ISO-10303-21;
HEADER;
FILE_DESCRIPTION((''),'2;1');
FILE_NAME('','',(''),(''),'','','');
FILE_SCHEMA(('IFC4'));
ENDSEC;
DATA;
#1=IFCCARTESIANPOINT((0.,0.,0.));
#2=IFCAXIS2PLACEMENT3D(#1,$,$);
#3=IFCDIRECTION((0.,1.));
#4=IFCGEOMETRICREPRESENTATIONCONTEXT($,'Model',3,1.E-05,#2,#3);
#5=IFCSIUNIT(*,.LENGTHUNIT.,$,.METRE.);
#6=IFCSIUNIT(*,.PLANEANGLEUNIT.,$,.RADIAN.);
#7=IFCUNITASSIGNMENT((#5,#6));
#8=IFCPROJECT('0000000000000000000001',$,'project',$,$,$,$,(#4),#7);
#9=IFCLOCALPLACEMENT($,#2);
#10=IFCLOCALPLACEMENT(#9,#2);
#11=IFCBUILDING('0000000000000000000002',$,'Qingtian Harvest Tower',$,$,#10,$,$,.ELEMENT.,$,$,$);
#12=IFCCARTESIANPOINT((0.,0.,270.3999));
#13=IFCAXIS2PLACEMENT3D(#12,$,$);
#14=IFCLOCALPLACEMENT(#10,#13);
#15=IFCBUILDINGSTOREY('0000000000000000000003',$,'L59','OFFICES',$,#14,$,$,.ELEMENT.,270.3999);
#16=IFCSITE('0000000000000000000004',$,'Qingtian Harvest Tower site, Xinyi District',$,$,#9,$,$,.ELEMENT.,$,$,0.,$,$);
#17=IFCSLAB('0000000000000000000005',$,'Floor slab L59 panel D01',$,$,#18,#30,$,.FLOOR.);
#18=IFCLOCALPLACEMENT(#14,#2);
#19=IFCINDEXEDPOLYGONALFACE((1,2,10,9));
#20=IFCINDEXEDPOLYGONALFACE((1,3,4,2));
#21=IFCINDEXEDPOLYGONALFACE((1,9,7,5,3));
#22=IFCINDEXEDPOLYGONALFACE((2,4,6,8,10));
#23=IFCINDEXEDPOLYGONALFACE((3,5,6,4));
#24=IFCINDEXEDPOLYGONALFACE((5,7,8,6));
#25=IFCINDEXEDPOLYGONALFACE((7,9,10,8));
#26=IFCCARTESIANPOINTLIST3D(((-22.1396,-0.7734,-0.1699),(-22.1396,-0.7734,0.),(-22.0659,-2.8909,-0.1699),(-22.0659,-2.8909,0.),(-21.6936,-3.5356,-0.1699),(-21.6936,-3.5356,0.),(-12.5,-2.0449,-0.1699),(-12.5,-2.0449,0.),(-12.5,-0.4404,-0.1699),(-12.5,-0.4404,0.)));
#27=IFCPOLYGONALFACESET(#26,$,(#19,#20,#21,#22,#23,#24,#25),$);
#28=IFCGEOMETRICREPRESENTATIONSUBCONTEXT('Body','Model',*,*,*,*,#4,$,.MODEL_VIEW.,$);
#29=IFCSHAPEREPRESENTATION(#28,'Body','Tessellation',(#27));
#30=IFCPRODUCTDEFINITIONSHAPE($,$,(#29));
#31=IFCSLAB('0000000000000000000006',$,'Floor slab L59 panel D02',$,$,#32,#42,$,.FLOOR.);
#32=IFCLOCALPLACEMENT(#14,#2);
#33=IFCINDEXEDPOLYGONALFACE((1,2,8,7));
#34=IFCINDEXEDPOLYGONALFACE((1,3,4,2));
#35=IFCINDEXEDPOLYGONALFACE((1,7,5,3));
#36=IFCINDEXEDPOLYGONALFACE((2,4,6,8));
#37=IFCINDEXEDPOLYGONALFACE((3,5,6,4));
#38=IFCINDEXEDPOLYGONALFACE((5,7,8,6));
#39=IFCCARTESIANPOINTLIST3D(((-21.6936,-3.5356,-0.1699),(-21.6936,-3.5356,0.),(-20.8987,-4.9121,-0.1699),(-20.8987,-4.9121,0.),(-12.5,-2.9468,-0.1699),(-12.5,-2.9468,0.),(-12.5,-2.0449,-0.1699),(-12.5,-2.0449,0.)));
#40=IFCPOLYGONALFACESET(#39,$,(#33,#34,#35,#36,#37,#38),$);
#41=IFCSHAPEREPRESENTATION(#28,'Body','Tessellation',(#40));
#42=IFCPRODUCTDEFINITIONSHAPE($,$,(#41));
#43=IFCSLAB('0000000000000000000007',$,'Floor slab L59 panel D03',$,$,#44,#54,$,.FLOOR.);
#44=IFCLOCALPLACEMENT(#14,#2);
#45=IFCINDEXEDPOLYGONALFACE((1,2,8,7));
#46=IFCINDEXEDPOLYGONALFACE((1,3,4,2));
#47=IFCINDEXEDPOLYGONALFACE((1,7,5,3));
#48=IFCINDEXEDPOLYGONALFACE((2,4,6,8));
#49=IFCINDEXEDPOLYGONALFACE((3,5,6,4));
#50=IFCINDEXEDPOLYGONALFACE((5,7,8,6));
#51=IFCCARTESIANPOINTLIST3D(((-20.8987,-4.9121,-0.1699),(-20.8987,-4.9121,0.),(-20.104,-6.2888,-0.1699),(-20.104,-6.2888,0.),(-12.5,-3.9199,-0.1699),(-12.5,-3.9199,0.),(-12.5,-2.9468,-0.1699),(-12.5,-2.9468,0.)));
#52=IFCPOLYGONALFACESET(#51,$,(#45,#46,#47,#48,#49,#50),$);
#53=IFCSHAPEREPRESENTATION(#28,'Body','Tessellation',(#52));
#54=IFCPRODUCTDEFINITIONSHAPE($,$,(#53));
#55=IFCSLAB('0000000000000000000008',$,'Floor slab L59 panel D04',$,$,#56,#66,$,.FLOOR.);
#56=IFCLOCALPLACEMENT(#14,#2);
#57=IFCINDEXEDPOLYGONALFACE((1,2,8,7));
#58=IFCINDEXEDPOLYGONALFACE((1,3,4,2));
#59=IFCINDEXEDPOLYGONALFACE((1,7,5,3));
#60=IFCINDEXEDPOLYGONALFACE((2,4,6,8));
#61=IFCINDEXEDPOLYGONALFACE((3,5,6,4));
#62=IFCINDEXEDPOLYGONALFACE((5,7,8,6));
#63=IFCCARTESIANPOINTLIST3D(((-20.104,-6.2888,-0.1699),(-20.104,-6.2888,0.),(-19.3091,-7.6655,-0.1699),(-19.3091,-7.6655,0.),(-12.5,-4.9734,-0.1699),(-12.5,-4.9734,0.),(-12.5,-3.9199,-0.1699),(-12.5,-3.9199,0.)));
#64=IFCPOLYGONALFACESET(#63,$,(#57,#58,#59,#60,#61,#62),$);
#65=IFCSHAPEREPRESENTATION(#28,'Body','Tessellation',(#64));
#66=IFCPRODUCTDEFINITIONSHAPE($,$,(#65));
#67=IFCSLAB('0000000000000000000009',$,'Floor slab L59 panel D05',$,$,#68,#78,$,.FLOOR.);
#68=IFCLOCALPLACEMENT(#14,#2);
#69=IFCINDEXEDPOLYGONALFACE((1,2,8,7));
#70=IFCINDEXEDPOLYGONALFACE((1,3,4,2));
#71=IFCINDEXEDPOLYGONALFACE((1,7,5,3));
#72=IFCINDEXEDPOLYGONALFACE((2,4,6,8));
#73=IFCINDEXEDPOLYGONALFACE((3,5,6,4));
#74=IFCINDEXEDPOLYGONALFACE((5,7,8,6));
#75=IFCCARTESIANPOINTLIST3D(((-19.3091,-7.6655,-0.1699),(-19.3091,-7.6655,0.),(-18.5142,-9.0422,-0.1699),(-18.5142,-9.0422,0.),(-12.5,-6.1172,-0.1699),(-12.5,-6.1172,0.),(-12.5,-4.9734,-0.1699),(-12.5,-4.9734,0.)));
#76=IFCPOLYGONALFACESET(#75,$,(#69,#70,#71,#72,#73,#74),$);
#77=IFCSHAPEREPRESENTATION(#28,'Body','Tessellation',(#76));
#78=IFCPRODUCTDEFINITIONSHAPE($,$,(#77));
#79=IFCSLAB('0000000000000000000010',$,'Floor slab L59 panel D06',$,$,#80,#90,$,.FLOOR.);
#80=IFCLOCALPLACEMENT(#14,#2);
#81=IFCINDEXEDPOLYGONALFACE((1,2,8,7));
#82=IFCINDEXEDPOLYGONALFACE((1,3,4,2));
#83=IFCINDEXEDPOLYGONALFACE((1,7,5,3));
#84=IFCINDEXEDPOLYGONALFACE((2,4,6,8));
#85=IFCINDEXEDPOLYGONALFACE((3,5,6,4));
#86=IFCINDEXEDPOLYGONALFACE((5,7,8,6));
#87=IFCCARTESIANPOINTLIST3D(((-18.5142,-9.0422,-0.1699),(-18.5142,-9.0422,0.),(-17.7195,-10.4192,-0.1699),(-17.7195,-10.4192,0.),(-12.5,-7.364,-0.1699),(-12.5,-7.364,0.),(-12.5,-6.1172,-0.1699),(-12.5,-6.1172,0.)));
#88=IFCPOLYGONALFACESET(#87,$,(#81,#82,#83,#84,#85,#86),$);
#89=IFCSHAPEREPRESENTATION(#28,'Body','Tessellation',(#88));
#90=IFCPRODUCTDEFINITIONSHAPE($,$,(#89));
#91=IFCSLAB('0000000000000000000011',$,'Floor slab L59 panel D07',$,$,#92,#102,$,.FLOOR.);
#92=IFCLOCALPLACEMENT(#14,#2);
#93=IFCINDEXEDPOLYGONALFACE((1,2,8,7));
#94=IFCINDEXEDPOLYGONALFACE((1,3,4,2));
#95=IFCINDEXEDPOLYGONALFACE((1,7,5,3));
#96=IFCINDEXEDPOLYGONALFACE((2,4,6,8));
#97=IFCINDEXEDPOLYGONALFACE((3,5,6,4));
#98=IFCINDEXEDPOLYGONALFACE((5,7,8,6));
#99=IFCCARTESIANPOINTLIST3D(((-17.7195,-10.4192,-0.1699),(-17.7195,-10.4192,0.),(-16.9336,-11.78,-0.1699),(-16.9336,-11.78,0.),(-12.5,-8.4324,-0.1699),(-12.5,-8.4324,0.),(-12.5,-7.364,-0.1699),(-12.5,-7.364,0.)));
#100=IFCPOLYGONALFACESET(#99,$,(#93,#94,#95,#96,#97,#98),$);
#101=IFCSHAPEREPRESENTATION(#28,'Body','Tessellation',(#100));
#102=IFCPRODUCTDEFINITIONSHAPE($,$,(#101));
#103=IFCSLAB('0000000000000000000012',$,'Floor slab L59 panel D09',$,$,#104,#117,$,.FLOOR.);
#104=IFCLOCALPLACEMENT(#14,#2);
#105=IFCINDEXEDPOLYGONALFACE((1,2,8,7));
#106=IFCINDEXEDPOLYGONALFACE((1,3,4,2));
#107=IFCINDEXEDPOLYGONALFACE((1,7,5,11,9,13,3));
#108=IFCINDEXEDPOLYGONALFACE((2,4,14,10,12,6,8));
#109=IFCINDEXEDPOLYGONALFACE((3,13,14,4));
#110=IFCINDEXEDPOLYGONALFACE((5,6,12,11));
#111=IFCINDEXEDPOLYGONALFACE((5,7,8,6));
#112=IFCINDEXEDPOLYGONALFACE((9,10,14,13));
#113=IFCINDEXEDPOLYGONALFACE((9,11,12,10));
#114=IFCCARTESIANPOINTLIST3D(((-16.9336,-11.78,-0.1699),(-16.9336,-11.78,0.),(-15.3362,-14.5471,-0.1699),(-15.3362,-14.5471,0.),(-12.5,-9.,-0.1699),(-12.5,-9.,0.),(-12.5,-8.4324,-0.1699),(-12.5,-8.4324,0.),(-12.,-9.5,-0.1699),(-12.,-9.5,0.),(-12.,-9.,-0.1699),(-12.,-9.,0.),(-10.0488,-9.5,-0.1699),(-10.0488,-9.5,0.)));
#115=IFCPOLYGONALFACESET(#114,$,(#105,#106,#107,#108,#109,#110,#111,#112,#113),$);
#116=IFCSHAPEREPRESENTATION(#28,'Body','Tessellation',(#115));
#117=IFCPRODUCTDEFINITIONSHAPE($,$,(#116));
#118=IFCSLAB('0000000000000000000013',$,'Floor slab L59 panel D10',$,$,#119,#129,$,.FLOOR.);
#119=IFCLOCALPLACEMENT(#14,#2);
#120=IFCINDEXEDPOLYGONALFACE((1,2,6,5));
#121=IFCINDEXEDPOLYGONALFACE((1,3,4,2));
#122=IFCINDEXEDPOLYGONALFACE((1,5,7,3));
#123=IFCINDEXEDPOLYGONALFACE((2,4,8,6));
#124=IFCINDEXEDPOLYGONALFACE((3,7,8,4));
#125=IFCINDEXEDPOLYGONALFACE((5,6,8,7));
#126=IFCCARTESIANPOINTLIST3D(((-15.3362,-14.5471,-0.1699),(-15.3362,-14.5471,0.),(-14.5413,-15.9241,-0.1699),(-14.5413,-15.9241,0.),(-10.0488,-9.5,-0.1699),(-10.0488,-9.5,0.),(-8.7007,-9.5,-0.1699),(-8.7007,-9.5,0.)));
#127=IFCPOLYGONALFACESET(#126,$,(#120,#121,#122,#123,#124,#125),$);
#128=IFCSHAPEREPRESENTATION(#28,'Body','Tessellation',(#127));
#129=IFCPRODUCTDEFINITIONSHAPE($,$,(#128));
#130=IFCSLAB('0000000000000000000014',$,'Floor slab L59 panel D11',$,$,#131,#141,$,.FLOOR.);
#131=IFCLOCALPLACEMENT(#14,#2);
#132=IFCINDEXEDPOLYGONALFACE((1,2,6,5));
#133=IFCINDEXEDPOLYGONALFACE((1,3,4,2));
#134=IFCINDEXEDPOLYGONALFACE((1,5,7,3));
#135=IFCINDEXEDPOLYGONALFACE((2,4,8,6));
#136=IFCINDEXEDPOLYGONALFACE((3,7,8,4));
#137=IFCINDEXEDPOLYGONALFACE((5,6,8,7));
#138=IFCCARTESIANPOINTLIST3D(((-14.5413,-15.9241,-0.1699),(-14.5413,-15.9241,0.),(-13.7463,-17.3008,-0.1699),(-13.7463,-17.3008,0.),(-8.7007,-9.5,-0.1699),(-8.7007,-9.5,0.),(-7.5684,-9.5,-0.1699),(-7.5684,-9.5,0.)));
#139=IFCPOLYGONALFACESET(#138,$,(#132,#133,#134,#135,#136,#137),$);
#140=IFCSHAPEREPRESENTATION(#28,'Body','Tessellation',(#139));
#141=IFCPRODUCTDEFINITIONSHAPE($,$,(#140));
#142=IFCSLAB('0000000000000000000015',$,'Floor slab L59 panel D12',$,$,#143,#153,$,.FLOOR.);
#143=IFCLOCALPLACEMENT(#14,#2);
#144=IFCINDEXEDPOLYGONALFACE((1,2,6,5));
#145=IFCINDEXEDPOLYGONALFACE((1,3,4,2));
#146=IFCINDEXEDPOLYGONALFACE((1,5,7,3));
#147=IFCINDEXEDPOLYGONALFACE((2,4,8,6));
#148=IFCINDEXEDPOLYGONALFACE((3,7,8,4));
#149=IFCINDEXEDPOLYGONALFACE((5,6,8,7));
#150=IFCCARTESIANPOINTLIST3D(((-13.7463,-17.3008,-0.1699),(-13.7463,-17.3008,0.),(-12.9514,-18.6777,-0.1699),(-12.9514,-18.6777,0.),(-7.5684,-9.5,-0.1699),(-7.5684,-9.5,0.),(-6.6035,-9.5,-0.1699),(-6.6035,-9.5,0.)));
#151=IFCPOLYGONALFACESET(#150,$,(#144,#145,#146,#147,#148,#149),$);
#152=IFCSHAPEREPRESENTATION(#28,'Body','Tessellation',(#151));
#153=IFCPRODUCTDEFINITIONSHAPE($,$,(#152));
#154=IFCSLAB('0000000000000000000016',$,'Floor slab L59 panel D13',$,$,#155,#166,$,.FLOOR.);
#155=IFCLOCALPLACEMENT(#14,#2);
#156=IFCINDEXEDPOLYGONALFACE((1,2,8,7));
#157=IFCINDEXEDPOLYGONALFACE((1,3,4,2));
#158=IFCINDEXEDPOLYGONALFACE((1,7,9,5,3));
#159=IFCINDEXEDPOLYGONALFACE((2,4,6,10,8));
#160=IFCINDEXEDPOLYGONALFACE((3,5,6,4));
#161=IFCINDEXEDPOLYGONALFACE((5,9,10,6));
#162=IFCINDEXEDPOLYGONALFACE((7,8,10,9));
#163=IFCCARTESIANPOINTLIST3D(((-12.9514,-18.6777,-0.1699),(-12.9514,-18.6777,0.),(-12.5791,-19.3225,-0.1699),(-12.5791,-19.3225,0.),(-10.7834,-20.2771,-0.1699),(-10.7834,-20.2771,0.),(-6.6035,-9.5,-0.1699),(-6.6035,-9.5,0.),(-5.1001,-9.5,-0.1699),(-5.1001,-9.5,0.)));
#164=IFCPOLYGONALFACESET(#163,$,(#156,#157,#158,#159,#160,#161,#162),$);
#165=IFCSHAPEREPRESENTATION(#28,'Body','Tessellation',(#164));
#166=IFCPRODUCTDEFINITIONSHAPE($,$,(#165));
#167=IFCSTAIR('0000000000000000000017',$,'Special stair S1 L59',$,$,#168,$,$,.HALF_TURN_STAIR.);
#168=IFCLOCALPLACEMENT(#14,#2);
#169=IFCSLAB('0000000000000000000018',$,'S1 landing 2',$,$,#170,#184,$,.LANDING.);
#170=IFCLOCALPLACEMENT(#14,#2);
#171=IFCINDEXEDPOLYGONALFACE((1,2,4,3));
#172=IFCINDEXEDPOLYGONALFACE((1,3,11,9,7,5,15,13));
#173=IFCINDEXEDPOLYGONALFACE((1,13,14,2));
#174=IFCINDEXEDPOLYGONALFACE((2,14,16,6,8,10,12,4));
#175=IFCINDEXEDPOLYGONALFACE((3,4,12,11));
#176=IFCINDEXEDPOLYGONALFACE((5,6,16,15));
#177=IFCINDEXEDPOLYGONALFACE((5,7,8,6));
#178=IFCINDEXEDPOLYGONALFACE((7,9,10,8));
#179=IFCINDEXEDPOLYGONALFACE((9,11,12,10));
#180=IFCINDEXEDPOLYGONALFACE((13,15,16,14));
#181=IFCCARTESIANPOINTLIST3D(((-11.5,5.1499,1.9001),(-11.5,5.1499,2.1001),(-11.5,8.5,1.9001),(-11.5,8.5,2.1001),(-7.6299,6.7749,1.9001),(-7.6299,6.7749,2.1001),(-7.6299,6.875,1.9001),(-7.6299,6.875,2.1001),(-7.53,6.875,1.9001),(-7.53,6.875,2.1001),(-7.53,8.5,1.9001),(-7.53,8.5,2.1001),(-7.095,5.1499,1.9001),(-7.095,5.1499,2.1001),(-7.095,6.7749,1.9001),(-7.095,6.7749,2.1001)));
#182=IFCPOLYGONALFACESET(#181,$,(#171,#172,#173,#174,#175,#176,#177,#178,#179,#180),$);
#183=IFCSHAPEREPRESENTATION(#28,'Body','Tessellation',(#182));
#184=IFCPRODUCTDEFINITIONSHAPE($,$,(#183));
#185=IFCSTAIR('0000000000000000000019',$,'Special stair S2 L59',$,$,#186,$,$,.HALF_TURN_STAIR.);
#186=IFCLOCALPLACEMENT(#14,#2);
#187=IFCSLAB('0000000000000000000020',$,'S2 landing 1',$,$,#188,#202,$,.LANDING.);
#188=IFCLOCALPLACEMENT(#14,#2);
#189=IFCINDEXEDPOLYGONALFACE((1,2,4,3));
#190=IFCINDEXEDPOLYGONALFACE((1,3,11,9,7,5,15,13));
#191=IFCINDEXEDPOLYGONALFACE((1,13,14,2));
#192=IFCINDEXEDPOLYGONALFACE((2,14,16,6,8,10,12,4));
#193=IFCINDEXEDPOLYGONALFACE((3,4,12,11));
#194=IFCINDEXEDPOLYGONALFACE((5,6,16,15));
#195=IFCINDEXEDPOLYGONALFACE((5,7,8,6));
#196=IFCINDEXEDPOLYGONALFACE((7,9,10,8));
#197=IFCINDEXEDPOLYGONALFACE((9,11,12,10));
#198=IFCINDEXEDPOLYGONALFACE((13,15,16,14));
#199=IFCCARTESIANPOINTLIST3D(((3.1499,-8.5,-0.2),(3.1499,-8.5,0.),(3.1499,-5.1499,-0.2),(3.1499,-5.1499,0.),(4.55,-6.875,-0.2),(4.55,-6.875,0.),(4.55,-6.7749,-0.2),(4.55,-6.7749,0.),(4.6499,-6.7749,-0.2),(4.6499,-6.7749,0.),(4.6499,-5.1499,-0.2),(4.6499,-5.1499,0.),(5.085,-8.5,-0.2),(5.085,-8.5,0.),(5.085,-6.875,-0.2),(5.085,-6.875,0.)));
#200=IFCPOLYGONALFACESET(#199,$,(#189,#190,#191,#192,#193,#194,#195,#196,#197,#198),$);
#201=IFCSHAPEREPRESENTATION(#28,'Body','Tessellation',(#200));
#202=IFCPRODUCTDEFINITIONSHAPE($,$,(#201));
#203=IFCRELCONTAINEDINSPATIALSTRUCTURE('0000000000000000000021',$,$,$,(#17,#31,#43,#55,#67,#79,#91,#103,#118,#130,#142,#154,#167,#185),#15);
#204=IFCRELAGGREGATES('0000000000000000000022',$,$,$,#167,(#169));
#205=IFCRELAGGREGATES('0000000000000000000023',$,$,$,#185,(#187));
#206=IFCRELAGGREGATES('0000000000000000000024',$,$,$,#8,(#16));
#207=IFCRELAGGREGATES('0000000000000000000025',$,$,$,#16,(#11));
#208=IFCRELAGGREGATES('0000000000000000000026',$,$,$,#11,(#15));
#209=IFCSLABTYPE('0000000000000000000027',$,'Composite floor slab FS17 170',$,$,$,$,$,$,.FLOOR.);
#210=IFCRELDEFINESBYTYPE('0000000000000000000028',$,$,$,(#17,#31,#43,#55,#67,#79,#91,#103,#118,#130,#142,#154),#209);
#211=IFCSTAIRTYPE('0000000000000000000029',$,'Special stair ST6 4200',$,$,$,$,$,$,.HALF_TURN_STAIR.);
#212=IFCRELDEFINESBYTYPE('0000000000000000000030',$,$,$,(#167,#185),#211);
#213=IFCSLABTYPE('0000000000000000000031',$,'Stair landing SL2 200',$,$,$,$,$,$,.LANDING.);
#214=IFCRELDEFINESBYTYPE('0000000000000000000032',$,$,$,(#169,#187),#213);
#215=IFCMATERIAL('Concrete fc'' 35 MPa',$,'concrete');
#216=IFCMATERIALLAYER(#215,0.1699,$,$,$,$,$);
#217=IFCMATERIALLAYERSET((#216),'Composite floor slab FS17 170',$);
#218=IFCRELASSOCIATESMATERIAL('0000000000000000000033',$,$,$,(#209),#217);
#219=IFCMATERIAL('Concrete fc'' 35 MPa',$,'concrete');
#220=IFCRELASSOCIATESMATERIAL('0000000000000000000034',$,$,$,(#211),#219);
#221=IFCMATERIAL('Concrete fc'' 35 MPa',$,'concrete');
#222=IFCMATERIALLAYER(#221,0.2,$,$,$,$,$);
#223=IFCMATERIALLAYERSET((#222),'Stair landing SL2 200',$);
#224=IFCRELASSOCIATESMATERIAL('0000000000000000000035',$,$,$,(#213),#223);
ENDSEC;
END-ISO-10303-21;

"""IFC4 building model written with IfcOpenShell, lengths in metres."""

from ifc_helpers import new_model, si_unit, direction, frame, origin, place, context, subcontext, project, spatial, polyline, outline, extrude, material, layer, layer_set, type_object, element, aggregate, save


model = new_model("IFC4")

# Units and contexts
model_context = context("Model", 3, precision=1e-05, world=origin(), true_north=direction((0.0, 1.0)))
body_context = subcontext(model_context, "Body", "Model", "MODEL_VIEW")
ifc_project = project(units=[si_unit("LENGTHUNIT", "METRE"), si_unit("PLANEANGLEUNIT", "RADIAN")], contexts=[model_context])

# Site, building, storey
site_placement = place(None, origin())
site = spatial("IfcSite", under=ifc_project, at=site_placement, Name="Qingtian Harvest Tower site, Xinyi District", CompositionType="ELEMENT", RefElevation=0.0)
building_placement = place(site_placement, origin())
building = spatial("IfcBuilding", under=site, at=building_placement, Name="Qingtian Harvest Tower", CompositionType="ELEMENT")
storey_placement = place(building_placement, frame((0.0, 0.0, 270.3999)))
storey = spatial("IfcBuildingStorey", under=building, at=storey_placement, Name="L59", Description="OFFICES", CompositionType="ELEMENT", Elevation=270.3999)

# Slabs
ifc_material_1 = material(Name="Concrete fc' 35 MPa", Category="concrete")
ifc_layer_1 = layer(ifc_material_1, 0.1699)
ifc_layer_set_1 = layer_set([ifc_layer_1], Name="Composite floor slab FS17 170")
slab_type_1 = type_object("IfcSlabType", Name="Composite floor slab FS17 170", PredefinedType="FLOOR", material=ifc_layer_set_1)
slab_1_placement = place(storey_placement, frame((0.0, 0.0, -0.1699)))
element("IfcSlab", 1, at=slab_1_placement, inside=storey, type_object=slab_type_1, Name="Floor slab L59 panel D01", PredefinedType="FLOOR", context=body_context, shape_type="SweptSolid", body=[
    extrude(outline(polyline([(-22.1396, -0.7734), (-12.5, -0.4404), (-12.5, -2.0449), (-21.6936, -3.5356), (-22.0659, -2.8909), (-22.1396, -0.7734)])), origin(), (0.0, 0.0, 1.0), 0.1699),
])
slab_2_placement = place(storey_placement, frame((0.0, 0.0, -0.1699)))
element("IfcSlab", 2, at=slab_2_placement, inside=storey, type_object=slab_type_1, Name="Floor slab L59 panel D02", PredefinedType="FLOOR", context=body_context, shape_type="SweptSolid", body=[
    extrude(outline(polyline([(-12.5, -2.9468), (-20.8987, -4.9121), (-21.6936, -3.5356), (-12.5, -2.0449), (-12.5, -2.9468)])), origin(), (0.0, 0.0, 1.0), 0.1699),
])
slab_3_placement = place(storey_placement, frame((0.0, 0.0, -0.1699)))
element("IfcSlab", 3, at=slab_3_placement, inside=storey, type_object=slab_type_1, Name="Floor slab L59 panel D03", PredefinedType="FLOOR", context=body_context, shape_type="SweptSolid", body=[
    extrude(outline(polyline([(-12.5, -3.9199), (-20.104, -6.2888), (-20.8987, -4.9121), (-12.5, -2.9468), (-12.5, -3.9199)])), origin(), (0.0, 0.0, 1.0), 0.1699),
])
slab_4_placement = place(storey_placement, frame((0.0, 0.0, -0.1699)))
element("IfcSlab", 4, at=slab_4_placement, inside=storey, type_object=slab_type_1, Name="Floor slab L59 panel D04", PredefinedType="FLOOR", context=body_context, shape_type="SweptSolid", body=[
    extrude(outline(polyline([(-12.5, -4.9734), (-19.3091, -7.6655), (-20.104, -6.2888), (-12.5, -3.9199), (-12.5, -4.9734)])), origin(), (0.0, 0.0, 1.0), 0.1699),
])
slab_5_placement = place(storey_placement, frame((0.0, 0.0, -0.1699)))
element("IfcSlab", 5, at=slab_5_placement, inside=storey, type_object=slab_type_1, Name="Floor slab L59 panel D05", PredefinedType="FLOOR", context=body_context, shape_type="SweptSolid", body=[
    extrude(outline(polyline([(-12.5, -6.1172), (-18.5142, -9.0422), (-19.3091, -7.6655), (-12.5, -4.9734), (-12.5, -6.1172)])), origin(), (0.0, 0.0, 1.0), 0.1699),
])
slab_6_placement = place(storey_placement, frame((0.0, 0.0, -0.1699)))
element("IfcSlab", 6, at=slab_6_placement, inside=storey, type_object=slab_type_1, Name="Floor slab L59 panel D06", PredefinedType="FLOOR", context=body_context, shape_type="SweptSolid", body=[
    extrude(outline(polyline([(-12.5, -7.364), (-17.7195, -10.4192), (-18.5142, -9.0422), (-12.5, -6.1172), (-12.5, -7.364)])), origin(), (0.0, 0.0, 1.0), 0.1699),
])
slab_7_placement = place(storey_placement, frame((0.0, 0.0, -0.1699)))
element("IfcSlab", 7, at=slab_7_placement, inside=storey, type_object=slab_type_1, Name="Floor slab L59 panel D07", PredefinedType="FLOOR", context=body_context, shape_type="SweptSolid", body=[
    extrude(outline(polyline([(-12.5, -8.4324), (-16.9336, -11.78), (-17.7195, -10.4192), (-12.5, -7.364), (-12.5, -8.4324)])), origin(), (0.0, 0.0, 1.0), 0.1699),
])
slab_8_placement = place(storey_placement, frame((0.0, 0.0, -0.1699)))
element("IfcSlab", 8, at=slab_8_placement, inside=storey, type_object=slab_type_1, Name="Floor slab L59 panel D09", PredefinedType="FLOOR", context=body_context, shape_type="SweptSolid", body=[
    extrude(outline(polyline([(-15.3362, -14.5471), (-16.9336, -11.78), (-12.5, -8.4324), (-12.5, -9.0), (-12.0, -9.0), (-12.0, -9.5), (-10.0488, -9.5), (-15.3362, -14.5471)])), origin(), (0.0, 0.0, 1.0), 0.1699),
])
slab_9_placement = place(storey_placement, frame((0.0, 0.0, -0.1699)))
element("IfcSlab", 9, at=slab_9_placement, inside=storey, type_object=slab_type_1, Name="Floor slab L59 panel D10", PredefinedType="FLOOR", context=body_context, shape_type="SweptSolid", body=[
    extrude(outline(polyline([(-8.7007, -9.5), (-14.5413, -15.9241), (-15.3362, -14.5471), (-10.0488, -9.5), (-8.7007, -9.5)])), origin(), (0.0, 0.0, 1.0), 0.1699),
])
slab_10_placement = place(storey_placement, frame((0.0, 0.0, -0.1699)))
element("IfcSlab", 10, at=slab_10_placement, inside=storey, type_object=slab_type_1, Name="Floor slab L59 panel D11", PredefinedType="FLOOR", context=body_context, shape_type="SweptSolid", body=[
    extrude(outline(polyline([(-7.5684, -9.5), (-13.7463, -17.3008), (-14.5413, -15.9241), (-8.7007, -9.5), (-7.5684, -9.5)])), origin(), (0.0, 0.0, 1.0), 0.1699),
])
slab_11_placement = place(storey_placement, frame((0.0, 0.0, -0.1699)))
element("IfcSlab", 11, at=slab_11_placement, inside=storey, type_object=slab_type_1, Name="Floor slab L59 panel D12", PredefinedType="FLOOR", context=body_context, shape_type="SweptSolid", body=[
    extrude(outline(polyline([(-6.6035, -9.5), (-12.9514, -18.6777), (-13.7463, -17.3008), (-7.5684, -9.5), (-6.6035, -9.5)])), origin(), (0.0, 0.0, 1.0), 0.1699),
])
slab_12_placement = place(storey_placement, frame((0.0, 0.0, -0.1699)))
element("IfcSlab", 12, at=slab_12_placement, inside=storey, type_object=slab_type_1, Name="Floor slab L59 panel D13", PredefinedType="FLOOR", context=body_context, shape_type="SweptSolid", body=[
    extrude(outline(polyline([(-6.6035, -9.5), (-5.1001, -9.5), (-10.7834, -20.2771), (-12.5791, -19.3225), (-12.9514, -18.6777), (-6.6035, -9.5)])), origin(), (0.0, 0.0, 1.0), 0.1699),
])

# Stair, slab
ifc_material_2 = material(Name="Concrete fc' 35 MPa", Category="concrete")
stair_type = type_object("IfcStairType", Name="Special stair ST6 4200", PredefinedType="HALF_TURN_STAIR", material=ifc_material_2)
stair_1_placement = place(storey_placement, origin())
stair_1 = element("IfcStair", 13, at=stair_1_placement, inside=storey, type_object=stair_type, Name="Special stair S1 L59", PredefinedType="HALF_TURN_STAIR")
ifc_material_3 = material(Name="Concrete fc' 35 MPa", Category="concrete")
ifc_layer_2 = layer(ifc_material_3, 0.2)
ifc_layer_set_2 = layer_set([ifc_layer_2], Name="Stair landing SL2 200")
slab_type_2 = type_object("IfcSlabType", Name="Stair landing SL2 200", PredefinedType="LANDING", material=ifc_layer_set_2)
slab_13_placement = place(storey_placement, frame((0.0, 0.0, 1.9001)))
slab_13 = element("IfcSlab", 14, at=slab_13_placement, type_object=slab_type_2, Name="S1 landing 2", PredefinedType="LANDING", context=body_context, shape_type="SweptSolid", body=[
    extrude(outline(polyline([(-7.095, 5.1499), (-11.5, 5.1499), (-11.5, 8.5), (-7.53, 8.5), (-7.53, 6.875), (-7.6299, 6.875), (-7.6299, 6.7749), (-7.095, 6.7749), (-7.095, 5.1499)])), origin(), (0.0, 0.0, 1.0), 0.2),
])
aggregate(stair_1, [slab_13])

# Stair, slab
stair_2_placement = place(storey_placement, origin())
stair_2 = element("IfcStair", 15, at=stair_2_placement, inside=storey, type_object=stair_type, Name="Special stair S2 L59", PredefinedType="HALF_TURN_STAIR")
slab_14_placement = place(storey_placement, frame((0.0, 0.0, -0.2)))
slab_14 = element("IfcSlab", 16, at=slab_14_placement, type_object=slab_type_2, Name="S2 landing 1", PredefinedType="LANDING", context=body_context, shape_type="SweptSolid", body=[
    extrude(outline(polyline([(5.085, -8.5), (3.1499, -8.5), (3.1499, -5.1499), (4.6499, -5.1499), (4.6499, -6.7749), (4.55, -6.7749), (4.55, -6.875), (5.085, -6.875), (5.085, -8.5)])), origin(), (0.0, 0.0, 1.0), 0.2),
])
aggregate(stair_2, [slab_14])

save(model, "model.ifc")
